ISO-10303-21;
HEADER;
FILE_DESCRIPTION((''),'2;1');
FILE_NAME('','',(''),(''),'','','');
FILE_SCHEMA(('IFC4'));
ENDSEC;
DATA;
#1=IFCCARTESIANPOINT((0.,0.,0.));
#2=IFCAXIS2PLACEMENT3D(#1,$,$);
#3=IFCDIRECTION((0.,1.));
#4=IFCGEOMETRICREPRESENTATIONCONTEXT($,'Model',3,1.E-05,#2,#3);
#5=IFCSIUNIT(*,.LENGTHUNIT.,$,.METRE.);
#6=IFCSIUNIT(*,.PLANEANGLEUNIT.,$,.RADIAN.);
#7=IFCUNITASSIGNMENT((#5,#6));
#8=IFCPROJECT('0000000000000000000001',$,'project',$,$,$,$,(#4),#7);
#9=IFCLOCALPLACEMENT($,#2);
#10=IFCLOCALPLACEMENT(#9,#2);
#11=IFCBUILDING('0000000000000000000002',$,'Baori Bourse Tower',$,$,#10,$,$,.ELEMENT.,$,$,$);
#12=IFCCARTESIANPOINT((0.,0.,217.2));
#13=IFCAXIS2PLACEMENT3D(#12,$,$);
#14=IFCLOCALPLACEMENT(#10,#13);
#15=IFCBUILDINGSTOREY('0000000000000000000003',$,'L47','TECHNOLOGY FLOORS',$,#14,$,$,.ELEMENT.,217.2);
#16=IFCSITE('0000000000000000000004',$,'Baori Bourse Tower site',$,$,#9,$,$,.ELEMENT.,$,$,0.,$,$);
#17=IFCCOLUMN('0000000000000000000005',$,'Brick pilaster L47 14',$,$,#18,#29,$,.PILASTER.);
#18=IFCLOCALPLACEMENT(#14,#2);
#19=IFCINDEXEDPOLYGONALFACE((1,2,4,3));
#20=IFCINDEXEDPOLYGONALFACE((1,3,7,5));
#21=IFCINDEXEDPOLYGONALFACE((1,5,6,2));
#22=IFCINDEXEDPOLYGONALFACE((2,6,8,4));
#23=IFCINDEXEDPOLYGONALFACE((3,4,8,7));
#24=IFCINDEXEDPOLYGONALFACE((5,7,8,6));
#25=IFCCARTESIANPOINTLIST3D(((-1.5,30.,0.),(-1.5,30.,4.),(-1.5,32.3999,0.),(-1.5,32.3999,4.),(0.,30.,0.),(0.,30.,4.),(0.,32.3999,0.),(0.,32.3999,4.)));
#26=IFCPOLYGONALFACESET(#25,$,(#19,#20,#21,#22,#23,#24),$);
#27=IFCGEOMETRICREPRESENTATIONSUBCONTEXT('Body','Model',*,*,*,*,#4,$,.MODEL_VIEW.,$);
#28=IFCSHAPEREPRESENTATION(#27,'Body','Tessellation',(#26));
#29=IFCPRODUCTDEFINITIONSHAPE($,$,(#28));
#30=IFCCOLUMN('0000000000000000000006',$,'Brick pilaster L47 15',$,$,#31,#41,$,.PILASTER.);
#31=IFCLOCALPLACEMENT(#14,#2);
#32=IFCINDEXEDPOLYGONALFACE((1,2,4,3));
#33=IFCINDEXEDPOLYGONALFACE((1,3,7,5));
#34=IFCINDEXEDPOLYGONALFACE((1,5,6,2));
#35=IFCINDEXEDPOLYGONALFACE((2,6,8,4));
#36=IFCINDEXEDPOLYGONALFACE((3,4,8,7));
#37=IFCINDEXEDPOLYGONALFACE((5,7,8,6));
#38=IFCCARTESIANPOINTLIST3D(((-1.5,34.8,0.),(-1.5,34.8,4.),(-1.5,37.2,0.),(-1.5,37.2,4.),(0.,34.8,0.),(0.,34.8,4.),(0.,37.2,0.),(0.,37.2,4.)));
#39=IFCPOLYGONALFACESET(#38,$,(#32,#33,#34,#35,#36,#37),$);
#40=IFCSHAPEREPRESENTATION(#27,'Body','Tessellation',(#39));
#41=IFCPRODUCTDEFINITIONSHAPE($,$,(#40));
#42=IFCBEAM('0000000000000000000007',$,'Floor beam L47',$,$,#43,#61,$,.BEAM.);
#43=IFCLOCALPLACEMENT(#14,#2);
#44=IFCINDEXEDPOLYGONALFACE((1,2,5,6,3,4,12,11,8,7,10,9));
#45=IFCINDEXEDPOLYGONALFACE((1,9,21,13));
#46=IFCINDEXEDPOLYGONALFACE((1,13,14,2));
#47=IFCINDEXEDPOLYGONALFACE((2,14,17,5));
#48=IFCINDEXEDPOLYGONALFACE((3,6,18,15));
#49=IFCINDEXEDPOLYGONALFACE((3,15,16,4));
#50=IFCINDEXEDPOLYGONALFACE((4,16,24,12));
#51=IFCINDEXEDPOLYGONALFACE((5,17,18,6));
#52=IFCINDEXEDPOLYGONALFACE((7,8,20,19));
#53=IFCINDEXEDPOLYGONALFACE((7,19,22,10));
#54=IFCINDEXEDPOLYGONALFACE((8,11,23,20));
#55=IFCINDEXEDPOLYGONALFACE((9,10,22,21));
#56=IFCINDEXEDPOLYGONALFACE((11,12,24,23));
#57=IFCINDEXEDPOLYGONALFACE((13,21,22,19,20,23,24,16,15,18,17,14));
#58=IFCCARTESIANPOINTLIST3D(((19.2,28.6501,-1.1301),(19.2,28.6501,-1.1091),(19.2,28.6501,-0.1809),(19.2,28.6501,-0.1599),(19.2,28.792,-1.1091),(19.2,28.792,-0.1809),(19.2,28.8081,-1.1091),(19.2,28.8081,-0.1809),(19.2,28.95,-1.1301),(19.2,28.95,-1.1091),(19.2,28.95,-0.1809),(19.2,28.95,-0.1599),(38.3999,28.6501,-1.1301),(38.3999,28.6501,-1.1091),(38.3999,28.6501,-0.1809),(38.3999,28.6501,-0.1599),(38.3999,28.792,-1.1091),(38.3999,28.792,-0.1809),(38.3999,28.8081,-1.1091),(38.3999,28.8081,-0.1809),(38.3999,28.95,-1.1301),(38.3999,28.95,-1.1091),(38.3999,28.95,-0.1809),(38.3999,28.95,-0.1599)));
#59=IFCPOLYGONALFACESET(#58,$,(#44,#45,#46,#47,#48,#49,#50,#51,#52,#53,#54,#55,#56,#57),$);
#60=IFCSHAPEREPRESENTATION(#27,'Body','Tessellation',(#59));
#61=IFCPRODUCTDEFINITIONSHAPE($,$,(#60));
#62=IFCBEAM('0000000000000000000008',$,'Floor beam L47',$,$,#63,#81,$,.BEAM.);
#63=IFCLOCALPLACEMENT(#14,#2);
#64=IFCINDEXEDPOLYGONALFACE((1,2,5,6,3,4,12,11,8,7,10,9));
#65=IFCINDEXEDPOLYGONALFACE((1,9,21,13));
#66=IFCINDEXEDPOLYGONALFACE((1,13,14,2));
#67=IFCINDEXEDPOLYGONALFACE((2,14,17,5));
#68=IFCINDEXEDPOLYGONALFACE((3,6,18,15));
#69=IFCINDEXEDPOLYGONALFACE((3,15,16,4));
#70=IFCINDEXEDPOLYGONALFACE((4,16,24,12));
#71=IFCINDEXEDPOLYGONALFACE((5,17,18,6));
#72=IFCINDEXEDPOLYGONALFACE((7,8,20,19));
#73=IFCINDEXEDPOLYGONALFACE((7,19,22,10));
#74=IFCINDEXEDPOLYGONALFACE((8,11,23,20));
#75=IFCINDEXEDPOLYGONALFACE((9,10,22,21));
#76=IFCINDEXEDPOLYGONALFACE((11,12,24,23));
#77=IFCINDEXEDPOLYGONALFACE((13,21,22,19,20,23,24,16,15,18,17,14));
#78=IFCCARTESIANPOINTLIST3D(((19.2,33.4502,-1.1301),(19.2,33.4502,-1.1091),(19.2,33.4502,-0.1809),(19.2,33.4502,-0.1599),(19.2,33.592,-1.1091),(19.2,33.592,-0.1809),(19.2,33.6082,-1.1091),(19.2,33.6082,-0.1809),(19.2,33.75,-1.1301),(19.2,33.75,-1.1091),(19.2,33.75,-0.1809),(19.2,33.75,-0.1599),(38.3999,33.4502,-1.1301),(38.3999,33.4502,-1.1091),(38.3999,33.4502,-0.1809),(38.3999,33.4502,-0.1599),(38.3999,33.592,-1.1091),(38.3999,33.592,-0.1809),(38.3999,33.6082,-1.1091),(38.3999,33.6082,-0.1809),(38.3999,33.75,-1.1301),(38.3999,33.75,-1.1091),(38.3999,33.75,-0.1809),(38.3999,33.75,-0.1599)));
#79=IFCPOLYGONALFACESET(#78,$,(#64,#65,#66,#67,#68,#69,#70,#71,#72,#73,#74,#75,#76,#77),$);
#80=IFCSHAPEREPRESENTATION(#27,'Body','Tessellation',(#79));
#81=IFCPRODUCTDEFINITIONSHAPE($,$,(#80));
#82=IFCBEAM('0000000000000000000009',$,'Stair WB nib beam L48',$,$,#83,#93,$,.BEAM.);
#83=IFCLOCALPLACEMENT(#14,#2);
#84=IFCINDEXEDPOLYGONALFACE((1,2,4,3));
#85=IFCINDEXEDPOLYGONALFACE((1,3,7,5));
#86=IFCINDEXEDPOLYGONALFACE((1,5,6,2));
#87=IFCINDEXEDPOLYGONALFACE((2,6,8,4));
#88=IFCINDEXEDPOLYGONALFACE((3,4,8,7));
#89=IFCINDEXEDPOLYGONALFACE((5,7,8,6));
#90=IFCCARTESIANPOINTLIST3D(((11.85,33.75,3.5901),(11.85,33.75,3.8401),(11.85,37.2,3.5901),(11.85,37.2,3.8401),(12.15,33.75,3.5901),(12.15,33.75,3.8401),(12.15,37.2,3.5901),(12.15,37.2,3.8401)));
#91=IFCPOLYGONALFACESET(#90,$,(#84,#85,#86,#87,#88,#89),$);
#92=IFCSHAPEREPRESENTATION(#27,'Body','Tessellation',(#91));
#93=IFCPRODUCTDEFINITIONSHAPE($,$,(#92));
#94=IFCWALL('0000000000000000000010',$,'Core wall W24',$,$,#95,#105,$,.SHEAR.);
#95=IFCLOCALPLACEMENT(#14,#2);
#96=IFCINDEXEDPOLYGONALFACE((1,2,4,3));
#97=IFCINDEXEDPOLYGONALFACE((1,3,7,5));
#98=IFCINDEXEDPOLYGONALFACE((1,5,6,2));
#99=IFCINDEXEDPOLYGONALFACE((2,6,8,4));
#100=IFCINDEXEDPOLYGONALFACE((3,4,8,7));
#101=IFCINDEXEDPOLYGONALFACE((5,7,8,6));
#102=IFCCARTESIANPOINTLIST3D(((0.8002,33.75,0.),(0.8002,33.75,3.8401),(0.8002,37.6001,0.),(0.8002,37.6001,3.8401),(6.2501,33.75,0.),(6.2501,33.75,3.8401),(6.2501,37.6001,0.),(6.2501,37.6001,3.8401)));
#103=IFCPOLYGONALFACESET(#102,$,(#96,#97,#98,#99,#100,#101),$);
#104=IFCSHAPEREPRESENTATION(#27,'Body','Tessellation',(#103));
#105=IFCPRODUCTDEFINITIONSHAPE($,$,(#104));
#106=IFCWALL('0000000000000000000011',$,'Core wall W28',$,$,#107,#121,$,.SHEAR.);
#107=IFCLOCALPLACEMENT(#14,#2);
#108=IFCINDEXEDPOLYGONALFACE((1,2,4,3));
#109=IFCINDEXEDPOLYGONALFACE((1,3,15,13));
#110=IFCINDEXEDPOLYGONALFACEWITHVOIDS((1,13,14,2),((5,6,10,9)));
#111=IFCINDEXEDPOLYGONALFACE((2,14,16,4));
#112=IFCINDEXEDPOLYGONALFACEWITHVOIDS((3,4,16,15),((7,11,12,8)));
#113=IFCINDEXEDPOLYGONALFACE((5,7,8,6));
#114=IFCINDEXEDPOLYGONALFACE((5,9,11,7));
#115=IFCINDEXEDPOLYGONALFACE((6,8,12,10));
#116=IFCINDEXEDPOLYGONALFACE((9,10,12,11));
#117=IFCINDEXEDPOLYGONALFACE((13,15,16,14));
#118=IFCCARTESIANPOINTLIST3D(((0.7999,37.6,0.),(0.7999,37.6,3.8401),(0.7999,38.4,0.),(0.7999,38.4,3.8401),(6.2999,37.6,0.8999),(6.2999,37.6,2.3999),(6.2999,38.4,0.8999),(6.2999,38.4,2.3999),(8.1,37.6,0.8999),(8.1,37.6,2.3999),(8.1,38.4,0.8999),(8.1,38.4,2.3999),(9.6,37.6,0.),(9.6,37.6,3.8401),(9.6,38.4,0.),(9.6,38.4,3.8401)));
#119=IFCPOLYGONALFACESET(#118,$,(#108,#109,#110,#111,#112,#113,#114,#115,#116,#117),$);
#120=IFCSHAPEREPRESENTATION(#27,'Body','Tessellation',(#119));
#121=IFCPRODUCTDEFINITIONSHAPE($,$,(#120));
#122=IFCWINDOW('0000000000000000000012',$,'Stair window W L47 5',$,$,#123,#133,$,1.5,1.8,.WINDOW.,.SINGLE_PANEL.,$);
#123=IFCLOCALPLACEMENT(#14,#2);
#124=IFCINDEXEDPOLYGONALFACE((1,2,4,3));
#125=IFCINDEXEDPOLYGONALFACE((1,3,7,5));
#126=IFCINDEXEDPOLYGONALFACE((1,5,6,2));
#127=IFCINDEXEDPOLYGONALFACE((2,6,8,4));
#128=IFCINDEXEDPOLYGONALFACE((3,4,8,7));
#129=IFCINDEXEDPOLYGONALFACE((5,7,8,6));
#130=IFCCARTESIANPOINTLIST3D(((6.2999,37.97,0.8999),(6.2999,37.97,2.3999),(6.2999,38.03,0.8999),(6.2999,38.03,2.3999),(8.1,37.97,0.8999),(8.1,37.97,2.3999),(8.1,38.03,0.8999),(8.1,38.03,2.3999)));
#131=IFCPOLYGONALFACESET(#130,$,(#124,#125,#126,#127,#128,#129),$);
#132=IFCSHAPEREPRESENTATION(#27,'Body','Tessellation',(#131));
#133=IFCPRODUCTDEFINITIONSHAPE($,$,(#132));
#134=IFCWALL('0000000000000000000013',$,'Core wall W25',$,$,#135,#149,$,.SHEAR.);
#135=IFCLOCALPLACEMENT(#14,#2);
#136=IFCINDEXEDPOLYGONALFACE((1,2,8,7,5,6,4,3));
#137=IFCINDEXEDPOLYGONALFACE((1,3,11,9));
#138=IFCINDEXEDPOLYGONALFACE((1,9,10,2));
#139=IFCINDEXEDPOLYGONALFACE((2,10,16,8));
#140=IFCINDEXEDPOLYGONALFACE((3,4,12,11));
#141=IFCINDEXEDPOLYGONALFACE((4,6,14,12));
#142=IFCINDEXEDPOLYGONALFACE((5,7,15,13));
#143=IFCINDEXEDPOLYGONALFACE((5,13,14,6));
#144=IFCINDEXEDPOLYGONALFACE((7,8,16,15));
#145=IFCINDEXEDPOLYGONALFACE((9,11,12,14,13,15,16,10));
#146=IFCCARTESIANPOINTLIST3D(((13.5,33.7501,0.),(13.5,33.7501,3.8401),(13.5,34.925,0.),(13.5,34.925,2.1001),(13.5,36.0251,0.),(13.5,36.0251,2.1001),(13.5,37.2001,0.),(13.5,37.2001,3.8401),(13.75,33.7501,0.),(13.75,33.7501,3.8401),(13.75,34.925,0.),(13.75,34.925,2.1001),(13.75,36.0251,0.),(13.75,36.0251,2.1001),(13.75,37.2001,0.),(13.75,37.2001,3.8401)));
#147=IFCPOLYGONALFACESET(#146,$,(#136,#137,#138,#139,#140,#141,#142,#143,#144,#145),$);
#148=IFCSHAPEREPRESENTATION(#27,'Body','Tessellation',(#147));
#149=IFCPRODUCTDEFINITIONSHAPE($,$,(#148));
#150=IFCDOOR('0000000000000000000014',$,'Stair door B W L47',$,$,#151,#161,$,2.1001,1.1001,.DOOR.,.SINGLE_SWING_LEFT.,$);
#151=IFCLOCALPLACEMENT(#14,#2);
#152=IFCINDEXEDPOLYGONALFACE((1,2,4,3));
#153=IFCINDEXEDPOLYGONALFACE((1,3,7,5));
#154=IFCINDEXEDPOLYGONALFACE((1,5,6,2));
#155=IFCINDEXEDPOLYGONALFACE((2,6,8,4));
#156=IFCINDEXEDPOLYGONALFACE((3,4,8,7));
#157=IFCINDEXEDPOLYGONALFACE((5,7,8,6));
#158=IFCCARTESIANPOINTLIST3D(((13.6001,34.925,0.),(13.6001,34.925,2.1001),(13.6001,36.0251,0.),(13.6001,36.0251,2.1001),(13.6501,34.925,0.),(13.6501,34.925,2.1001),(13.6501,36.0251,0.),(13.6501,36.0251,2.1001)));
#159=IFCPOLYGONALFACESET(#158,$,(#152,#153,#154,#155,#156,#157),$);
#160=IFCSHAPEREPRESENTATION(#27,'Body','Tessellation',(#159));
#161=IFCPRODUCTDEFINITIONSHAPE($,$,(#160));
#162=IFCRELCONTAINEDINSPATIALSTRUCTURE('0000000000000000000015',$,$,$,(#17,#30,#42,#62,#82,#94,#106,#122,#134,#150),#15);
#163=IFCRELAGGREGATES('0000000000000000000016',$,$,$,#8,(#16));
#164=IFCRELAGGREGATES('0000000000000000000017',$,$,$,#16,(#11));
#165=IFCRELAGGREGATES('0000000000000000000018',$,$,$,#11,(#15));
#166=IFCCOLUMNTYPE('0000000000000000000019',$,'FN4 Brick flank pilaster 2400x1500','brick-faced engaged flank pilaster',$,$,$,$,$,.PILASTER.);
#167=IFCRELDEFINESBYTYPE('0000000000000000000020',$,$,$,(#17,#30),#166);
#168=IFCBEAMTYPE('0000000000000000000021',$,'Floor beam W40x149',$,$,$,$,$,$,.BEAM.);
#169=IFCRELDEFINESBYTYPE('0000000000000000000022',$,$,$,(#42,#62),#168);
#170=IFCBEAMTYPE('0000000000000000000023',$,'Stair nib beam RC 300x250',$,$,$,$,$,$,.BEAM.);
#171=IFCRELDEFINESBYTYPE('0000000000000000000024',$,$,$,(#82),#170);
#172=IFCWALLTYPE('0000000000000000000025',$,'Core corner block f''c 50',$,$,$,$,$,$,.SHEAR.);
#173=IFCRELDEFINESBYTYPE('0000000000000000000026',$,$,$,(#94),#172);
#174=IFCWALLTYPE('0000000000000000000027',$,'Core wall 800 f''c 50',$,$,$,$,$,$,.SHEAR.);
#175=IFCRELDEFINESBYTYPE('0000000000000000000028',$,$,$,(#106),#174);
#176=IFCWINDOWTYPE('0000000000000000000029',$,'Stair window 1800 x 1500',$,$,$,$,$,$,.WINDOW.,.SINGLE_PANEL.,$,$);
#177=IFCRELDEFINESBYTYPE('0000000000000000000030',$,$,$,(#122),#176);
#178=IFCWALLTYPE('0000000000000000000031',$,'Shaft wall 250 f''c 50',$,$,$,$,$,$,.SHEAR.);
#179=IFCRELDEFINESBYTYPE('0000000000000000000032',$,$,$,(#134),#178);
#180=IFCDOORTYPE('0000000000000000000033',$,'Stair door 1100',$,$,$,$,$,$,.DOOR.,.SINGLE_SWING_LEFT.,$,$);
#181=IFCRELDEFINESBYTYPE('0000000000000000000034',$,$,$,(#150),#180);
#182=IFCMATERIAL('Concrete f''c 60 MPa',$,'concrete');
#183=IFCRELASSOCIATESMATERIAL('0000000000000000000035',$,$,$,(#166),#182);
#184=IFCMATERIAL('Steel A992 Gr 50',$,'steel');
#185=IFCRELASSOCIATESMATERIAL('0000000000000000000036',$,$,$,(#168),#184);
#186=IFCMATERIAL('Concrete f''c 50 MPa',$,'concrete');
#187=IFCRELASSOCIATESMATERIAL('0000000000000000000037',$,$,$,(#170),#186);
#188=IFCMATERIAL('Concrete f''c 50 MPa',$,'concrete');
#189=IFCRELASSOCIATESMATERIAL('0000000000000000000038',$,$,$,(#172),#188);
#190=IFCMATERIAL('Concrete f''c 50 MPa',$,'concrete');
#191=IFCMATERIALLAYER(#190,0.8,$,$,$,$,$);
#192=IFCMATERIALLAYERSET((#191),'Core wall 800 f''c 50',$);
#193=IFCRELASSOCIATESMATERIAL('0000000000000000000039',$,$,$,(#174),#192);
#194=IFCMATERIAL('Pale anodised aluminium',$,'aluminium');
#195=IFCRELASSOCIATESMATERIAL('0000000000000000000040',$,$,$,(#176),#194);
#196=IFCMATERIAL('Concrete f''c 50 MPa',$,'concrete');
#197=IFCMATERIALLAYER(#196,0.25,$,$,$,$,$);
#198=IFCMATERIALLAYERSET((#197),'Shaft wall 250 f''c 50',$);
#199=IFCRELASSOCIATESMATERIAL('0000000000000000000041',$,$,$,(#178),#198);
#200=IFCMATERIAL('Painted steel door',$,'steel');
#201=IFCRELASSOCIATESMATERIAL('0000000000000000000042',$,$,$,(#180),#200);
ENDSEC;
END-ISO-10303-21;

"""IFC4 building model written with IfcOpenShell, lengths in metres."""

from ifc_helpers import new_model, si_unit, direction, frame, frame_2d, origin, origin_2d, place, context, subcontext, project, spatial, rectangle, i_section, extrude, material, layer, layer_set, material_profile, profile_set, type_object, element, fill, save


model = new_model("IFC4")

# Units and contexts
model_context = context("Model", 3, precision=1e-05, world=origin(), true_north=direction((0.0, 1.0)))
body_context = subcontext(model_context, "Body", "Model", "MODEL_VIEW")
ifc_project = project(units=[si_unit("LENGTHUNIT", "METRE"), si_unit("PLANEANGLEUNIT", "RADIAN")], contexts=[model_context])

# Site, building, storey
site_placement = place(None, origin())
site = spatial("IfcSite", under=ifc_project, at=site_placement, Name="Baori Bourse Tower site", CompositionType="ELEMENT", RefElevation=0.0)
building_placement = place(site_placement, origin())
building = spatial("IfcBuilding", under=site, at=building_placement, Name="Baori Bourse Tower", CompositionType="ELEMENT")
storey_placement = place(building_placement, frame((0.0, 0.0, 217.2)))
storey = spatial("IfcBuildingStorey", under=building, at=storey_placement, Name="L47", Description="TECHNOLOGY FLOORS", CompositionType="ELEMENT", Elevation=217.2)

# Columns
ifc_material_1 = material(Name="Concrete f'c 60 MPa", Category="concrete")
ifc_material_profile_1 = material_profile(ifc_material_1, rectangle(XDim=2.3999, YDim=1.5, at=origin_2d()), Name="RC 2400x1500")
ifc_profile_set_1 = profile_set([ifc_material_profile_1], Name="Concrete f'c 60 MPa")
column_type = type_object("IfcColumnType", Name="FN4 Brick flank pilaster 2400x1500", Description="brick-faced engaged flank pilaster", PredefinedType="PILASTER", material=ifc_profile_set_1)
for number, where, z_axis, x_axis, name in (
    (1, (-0.75, 31.2, 0.0), (0.0, 0.0, 1.0), (0.0, 1.0, 0.0), "Brick pilaster L47 14"),
    (2, (-0.75, 36.0, 0.0), (0.0, 0.0, 1.0), (0.0, 1.0, 0.0), "Brick pilaster L47 15"),
):
    element("IfcColumn", number, at=place(storey_placement, frame(where, z_axis=z_axis, x_axis=x_axis)), inside=storey, type_object=column_type, Name=name, PredefinedType="PILASTER", context=body_context, shape_type="SweptSolid", body=[
        extrude(rectangle(XDim=2.3999, YDim=1.5, at=origin_2d()), origin(), (0.0, 0.0, 1.0), 4.0),
    ])

# Beams
ifc_material_2 = material(Name="Steel A992 Gr 50", Category="steel")
ifc_material_profile_2 = material_profile(ifc_material_2, i_section(OverallWidth=0.2998, OverallDepth=0.9702, WebThickness=0.0161, FlangeThickness=0.021, at=origin_2d()), Name="W40x149")
ifc_profile_set_2 = profile_set([ifc_material_profile_2], Name="Steel A992 Gr 50")
beam_type_1 = type_object("IfcBeamType", Name="Floor beam W40x149", PredefinedType="BEAM", material=ifc_profile_set_2)
for number, where, z_axis, x_axis, name in (
    (3, (19.2, 28.8, -0.645), (1.0, 0.0, 0.0), (0.0, 1.0, 0.0), "Floor beam L47"),
    (4, (19.2, 33.6001, -0.645), (1.0, 0.0, 0.0), (0.0, 1.0, 0.0), "Floor beam L47"),
):
    element("IfcBeam", number, at=place(storey_placement, frame(where, z_axis=z_axis, x_axis=x_axis)), inside=storey, type_object=beam_type_1, Name=name, PredefinedType="BEAM", context=body_context, shape_type="SweptSolid", body=[
        extrude(i_section(OverallWidth=0.2998, OverallDepth=0.9702, WebThickness=0.0161, FlangeThickness=0.021, at=origin_2d()), origin(), (0.0, 0.0, 1.0), 19.2),
    ])
ifc_material_3 = material(Name="Concrete f'c 50 MPa", Category="concrete")
ifc_material_profile_3 = material_profile(ifc_material_3, rectangle(XDim=0.3, YDim=0.25, at=origin_2d()), Name="RC 300x250")
ifc_profile_set_3 = profile_set([ifc_material_profile_3], Name="Concrete f'c 50 MPa")
beam_type_2 = type_object("IfcBeamType", Name="Stair nib beam RC 300x250", PredefinedType="BEAM", material=ifc_profile_set_3)
beam_placement = place(storey_placement, frame((12.0, 33.75, 3.7151), z_axis=(0.0, 1.0, 0.0), x_axis=(-1.0, 0.0, 0.0)))
element("IfcBeam", 5, at=beam_placement, inside=storey, type_object=beam_type_2, Name="Stair WB nib beam L48", PredefinedType="BEAM", context=body_context, shape_type="SweptSolid", body=[
    extrude(rectangle(XDim=0.3, YDim=0.25, at=origin_2d()), origin(), (0.0, 0.0, 1.0), 3.45),
])

# Wall
ifc_material_4 = material(Name="Concrete f'c 50 MPa", Category="concrete")
wall_type_1 = type_object("IfcWallType", Name="Core corner block f'c 50", PredefinedType="SHEAR", material=ifc_material_4)
wall_1_placement = place(storey_placement, frame((0.8, 35.675, 0.0), z_axis=(0.0, 0.0, 1.0), x_axis=(1.0, 0.0, 0.0)))
element("IfcWall", 6, at=wall_1_placement, inside=storey, type_object=wall_type_1, Name="Core wall W24", PredefinedType="SHEAR", context=body_context, shape_type="SweptSolid", body=[
    extrude(rectangle(XDim=5.45, YDim=3.8501, at=frame_2d((2.7251, 0.0))), origin(), (0.0, 0.0, 1.0), 3.8401),
])

# Wall, opening, window
ifc_material_5 = material(Name="Concrete f'c 50 MPa", Category="concrete")
ifc_layer_1 = layer(ifc_material_5, 0.8)
ifc_layer_set_1 = layer_set([ifc_layer_1], Name="Core wall 800 f'c 50")
wall_type_2 = type_object("IfcWallType", Name="Core wall 800 f'c 50", PredefinedType="SHEAR", material=ifc_layer_set_1)
wall_2_placement = place(storey_placement, frame((0.8, 38.0, 0.0), z_axis=(0.0, 0.0, 1.0), x_axis=(1.0, 0.0, 0.0)))
wall_2 = element("IfcWall", 7, at=wall_2_placement, inside=storey, type_object=wall_type_2, Name="Core wall W28", PredefinedType="SHEAR", context=body_context, shape_type="SweptSolid", body=[
    extrude(rectangle(XDim=8.8, YDim=0.8, at=frame_2d((4.3999, 0.0))), origin(), (0.0, 0.0, 1.0), 3.8401),
])
opening_1_placement = place(wall_2_placement, frame((5.5, 0.0, 0.8999)))
opening_1 = element("IfcOpeningElement", 8, at=opening_1_placement, cuts=wall_2, PredefinedType="OPENING", context=body_context, shape_type="SweptSolid", body=[
    extrude(rectangle(XDim=1.8, YDim=1.5, at=frame_2d((0.8999, 0.75))), frame((0.0, 0.4099, 0.0), z_axis=(0.0, -1.0, 0.0), x_axis=(1.0, 0.0, 0.0)), (0.0, 0.0, 1.0), 0.8201),
])
ifc_material_6 = material(Name="Pale anodised aluminium", Category="aluminium")
window_type = type_object("IfcWindowType", Name="Stair window 1800 x 1500", PartitioningType="SINGLE_PANEL", PredefinedType="WINDOW", material=ifc_material_6)
window_placement = place(opening_1_placement, origin())
window = element("IfcWindow", 9, at=window_placement, inside=storey, type_object=window_type, Name="Stair window W L47 5", OverallHeight=1.5, OverallWidth=1.8, PartitioningType="SINGLE_PANEL", PredefinedType="WINDOW", context=body_context, shape_type="SweptSolid", body=[
    extrude(rectangle(XDim=1.8, YDim=1.5, at=frame_2d((0.8999, 0.75))), frame((0.0, 0.03, 0.0), z_axis=(0.0, -1.0, 0.0), x_axis=(1.0, 0.0, 0.0)), (0.0, 0.0, 1.0), 0.0601),
])
fill(opening_1, window)

# Wall, opening, door
ifc_material_7 = material(Name="Concrete f'c 50 MPa", Category="concrete")
ifc_layer_2 = layer(ifc_material_7, 0.25)
ifc_layer_set_2 = layer_set([ifc_layer_2], Name="Shaft wall 250 f'c 50")
wall_type_3 = type_object("IfcWallType", Name="Shaft wall 250 f'c 50", PredefinedType="SHEAR", material=ifc_layer_set_2)
wall_3_placement = place(storey_placement, frame((13.625, 33.75, 0.0), z_axis=(0.0, 0.0, 1.0), x_axis=(0.0, 1.0, 0.0)))
wall_3 = element("IfcWall", 10, at=wall_3_placement, inside=storey, type_object=wall_type_3, Name="Core wall W25", PredefinedType="SHEAR", context=body_context, shape_type="SweptSolid", body=[
    extrude(rectangle(XDim=3.45, YDim=0.25, at=frame_2d((1.7251, 0.0))), origin(), (0.0, 0.0, 1.0), 3.8401),
])
opening_2_placement = place(wall_3_placement, frame((1.175, 0.0, 0.0)))
opening_2 = element("IfcOpeningElement", 11, at=opening_2_placement, cuts=wall_3, PredefinedType="OPENING", context=body_context, shape_type="SweptSolid", body=[
    extrude(rectangle(XDim=1.1001, YDim=2.1001, at=frame_2d((0.55, 1.05))), frame((0.0, 0.135, 0.0), z_axis=(0.0, -1.0, 0.0), x_axis=(1.0, 0.0, 0.0)), (0.0, 0.0, 1.0), 0.27),
])
ifc_material_8 = material(Name="Painted steel door", Category="steel")
door_type_1 = type_object("IfcDoorType", Name="Stair door 1100", OperationType="SINGLE_SWING_LEFT", PredefinedType="DOOR", material=ifc_material_8)
door_1_placement = place(opening_2_placement, origin())
door_1 = element("IfcDoor", 12, at=door_1_placement, inside=storey, type_object=door_type_1, Name="Stair door B W L47", OperationType="SINGLE_SWING_LEFT", OverallHeight=2.1001, OverallWidth=1.1001, PredefinedType="DOOR", context=body_context, shape_type="SweptSolid", body=[
    extrude(rectangle(XDim=1.1001, YDim=2.1001, at=frame_2d((0.55, 1.05))), frame((0.0, 0.0249, 0.0), z_axis=(0.0, -1.0, 0.0), x_axis=(1.0, 0.0, 0.0)), (0.0, 0.0, 1.0), 0.05),
])
fill(opening_2, door_1)

save(model, "model.ifc")
